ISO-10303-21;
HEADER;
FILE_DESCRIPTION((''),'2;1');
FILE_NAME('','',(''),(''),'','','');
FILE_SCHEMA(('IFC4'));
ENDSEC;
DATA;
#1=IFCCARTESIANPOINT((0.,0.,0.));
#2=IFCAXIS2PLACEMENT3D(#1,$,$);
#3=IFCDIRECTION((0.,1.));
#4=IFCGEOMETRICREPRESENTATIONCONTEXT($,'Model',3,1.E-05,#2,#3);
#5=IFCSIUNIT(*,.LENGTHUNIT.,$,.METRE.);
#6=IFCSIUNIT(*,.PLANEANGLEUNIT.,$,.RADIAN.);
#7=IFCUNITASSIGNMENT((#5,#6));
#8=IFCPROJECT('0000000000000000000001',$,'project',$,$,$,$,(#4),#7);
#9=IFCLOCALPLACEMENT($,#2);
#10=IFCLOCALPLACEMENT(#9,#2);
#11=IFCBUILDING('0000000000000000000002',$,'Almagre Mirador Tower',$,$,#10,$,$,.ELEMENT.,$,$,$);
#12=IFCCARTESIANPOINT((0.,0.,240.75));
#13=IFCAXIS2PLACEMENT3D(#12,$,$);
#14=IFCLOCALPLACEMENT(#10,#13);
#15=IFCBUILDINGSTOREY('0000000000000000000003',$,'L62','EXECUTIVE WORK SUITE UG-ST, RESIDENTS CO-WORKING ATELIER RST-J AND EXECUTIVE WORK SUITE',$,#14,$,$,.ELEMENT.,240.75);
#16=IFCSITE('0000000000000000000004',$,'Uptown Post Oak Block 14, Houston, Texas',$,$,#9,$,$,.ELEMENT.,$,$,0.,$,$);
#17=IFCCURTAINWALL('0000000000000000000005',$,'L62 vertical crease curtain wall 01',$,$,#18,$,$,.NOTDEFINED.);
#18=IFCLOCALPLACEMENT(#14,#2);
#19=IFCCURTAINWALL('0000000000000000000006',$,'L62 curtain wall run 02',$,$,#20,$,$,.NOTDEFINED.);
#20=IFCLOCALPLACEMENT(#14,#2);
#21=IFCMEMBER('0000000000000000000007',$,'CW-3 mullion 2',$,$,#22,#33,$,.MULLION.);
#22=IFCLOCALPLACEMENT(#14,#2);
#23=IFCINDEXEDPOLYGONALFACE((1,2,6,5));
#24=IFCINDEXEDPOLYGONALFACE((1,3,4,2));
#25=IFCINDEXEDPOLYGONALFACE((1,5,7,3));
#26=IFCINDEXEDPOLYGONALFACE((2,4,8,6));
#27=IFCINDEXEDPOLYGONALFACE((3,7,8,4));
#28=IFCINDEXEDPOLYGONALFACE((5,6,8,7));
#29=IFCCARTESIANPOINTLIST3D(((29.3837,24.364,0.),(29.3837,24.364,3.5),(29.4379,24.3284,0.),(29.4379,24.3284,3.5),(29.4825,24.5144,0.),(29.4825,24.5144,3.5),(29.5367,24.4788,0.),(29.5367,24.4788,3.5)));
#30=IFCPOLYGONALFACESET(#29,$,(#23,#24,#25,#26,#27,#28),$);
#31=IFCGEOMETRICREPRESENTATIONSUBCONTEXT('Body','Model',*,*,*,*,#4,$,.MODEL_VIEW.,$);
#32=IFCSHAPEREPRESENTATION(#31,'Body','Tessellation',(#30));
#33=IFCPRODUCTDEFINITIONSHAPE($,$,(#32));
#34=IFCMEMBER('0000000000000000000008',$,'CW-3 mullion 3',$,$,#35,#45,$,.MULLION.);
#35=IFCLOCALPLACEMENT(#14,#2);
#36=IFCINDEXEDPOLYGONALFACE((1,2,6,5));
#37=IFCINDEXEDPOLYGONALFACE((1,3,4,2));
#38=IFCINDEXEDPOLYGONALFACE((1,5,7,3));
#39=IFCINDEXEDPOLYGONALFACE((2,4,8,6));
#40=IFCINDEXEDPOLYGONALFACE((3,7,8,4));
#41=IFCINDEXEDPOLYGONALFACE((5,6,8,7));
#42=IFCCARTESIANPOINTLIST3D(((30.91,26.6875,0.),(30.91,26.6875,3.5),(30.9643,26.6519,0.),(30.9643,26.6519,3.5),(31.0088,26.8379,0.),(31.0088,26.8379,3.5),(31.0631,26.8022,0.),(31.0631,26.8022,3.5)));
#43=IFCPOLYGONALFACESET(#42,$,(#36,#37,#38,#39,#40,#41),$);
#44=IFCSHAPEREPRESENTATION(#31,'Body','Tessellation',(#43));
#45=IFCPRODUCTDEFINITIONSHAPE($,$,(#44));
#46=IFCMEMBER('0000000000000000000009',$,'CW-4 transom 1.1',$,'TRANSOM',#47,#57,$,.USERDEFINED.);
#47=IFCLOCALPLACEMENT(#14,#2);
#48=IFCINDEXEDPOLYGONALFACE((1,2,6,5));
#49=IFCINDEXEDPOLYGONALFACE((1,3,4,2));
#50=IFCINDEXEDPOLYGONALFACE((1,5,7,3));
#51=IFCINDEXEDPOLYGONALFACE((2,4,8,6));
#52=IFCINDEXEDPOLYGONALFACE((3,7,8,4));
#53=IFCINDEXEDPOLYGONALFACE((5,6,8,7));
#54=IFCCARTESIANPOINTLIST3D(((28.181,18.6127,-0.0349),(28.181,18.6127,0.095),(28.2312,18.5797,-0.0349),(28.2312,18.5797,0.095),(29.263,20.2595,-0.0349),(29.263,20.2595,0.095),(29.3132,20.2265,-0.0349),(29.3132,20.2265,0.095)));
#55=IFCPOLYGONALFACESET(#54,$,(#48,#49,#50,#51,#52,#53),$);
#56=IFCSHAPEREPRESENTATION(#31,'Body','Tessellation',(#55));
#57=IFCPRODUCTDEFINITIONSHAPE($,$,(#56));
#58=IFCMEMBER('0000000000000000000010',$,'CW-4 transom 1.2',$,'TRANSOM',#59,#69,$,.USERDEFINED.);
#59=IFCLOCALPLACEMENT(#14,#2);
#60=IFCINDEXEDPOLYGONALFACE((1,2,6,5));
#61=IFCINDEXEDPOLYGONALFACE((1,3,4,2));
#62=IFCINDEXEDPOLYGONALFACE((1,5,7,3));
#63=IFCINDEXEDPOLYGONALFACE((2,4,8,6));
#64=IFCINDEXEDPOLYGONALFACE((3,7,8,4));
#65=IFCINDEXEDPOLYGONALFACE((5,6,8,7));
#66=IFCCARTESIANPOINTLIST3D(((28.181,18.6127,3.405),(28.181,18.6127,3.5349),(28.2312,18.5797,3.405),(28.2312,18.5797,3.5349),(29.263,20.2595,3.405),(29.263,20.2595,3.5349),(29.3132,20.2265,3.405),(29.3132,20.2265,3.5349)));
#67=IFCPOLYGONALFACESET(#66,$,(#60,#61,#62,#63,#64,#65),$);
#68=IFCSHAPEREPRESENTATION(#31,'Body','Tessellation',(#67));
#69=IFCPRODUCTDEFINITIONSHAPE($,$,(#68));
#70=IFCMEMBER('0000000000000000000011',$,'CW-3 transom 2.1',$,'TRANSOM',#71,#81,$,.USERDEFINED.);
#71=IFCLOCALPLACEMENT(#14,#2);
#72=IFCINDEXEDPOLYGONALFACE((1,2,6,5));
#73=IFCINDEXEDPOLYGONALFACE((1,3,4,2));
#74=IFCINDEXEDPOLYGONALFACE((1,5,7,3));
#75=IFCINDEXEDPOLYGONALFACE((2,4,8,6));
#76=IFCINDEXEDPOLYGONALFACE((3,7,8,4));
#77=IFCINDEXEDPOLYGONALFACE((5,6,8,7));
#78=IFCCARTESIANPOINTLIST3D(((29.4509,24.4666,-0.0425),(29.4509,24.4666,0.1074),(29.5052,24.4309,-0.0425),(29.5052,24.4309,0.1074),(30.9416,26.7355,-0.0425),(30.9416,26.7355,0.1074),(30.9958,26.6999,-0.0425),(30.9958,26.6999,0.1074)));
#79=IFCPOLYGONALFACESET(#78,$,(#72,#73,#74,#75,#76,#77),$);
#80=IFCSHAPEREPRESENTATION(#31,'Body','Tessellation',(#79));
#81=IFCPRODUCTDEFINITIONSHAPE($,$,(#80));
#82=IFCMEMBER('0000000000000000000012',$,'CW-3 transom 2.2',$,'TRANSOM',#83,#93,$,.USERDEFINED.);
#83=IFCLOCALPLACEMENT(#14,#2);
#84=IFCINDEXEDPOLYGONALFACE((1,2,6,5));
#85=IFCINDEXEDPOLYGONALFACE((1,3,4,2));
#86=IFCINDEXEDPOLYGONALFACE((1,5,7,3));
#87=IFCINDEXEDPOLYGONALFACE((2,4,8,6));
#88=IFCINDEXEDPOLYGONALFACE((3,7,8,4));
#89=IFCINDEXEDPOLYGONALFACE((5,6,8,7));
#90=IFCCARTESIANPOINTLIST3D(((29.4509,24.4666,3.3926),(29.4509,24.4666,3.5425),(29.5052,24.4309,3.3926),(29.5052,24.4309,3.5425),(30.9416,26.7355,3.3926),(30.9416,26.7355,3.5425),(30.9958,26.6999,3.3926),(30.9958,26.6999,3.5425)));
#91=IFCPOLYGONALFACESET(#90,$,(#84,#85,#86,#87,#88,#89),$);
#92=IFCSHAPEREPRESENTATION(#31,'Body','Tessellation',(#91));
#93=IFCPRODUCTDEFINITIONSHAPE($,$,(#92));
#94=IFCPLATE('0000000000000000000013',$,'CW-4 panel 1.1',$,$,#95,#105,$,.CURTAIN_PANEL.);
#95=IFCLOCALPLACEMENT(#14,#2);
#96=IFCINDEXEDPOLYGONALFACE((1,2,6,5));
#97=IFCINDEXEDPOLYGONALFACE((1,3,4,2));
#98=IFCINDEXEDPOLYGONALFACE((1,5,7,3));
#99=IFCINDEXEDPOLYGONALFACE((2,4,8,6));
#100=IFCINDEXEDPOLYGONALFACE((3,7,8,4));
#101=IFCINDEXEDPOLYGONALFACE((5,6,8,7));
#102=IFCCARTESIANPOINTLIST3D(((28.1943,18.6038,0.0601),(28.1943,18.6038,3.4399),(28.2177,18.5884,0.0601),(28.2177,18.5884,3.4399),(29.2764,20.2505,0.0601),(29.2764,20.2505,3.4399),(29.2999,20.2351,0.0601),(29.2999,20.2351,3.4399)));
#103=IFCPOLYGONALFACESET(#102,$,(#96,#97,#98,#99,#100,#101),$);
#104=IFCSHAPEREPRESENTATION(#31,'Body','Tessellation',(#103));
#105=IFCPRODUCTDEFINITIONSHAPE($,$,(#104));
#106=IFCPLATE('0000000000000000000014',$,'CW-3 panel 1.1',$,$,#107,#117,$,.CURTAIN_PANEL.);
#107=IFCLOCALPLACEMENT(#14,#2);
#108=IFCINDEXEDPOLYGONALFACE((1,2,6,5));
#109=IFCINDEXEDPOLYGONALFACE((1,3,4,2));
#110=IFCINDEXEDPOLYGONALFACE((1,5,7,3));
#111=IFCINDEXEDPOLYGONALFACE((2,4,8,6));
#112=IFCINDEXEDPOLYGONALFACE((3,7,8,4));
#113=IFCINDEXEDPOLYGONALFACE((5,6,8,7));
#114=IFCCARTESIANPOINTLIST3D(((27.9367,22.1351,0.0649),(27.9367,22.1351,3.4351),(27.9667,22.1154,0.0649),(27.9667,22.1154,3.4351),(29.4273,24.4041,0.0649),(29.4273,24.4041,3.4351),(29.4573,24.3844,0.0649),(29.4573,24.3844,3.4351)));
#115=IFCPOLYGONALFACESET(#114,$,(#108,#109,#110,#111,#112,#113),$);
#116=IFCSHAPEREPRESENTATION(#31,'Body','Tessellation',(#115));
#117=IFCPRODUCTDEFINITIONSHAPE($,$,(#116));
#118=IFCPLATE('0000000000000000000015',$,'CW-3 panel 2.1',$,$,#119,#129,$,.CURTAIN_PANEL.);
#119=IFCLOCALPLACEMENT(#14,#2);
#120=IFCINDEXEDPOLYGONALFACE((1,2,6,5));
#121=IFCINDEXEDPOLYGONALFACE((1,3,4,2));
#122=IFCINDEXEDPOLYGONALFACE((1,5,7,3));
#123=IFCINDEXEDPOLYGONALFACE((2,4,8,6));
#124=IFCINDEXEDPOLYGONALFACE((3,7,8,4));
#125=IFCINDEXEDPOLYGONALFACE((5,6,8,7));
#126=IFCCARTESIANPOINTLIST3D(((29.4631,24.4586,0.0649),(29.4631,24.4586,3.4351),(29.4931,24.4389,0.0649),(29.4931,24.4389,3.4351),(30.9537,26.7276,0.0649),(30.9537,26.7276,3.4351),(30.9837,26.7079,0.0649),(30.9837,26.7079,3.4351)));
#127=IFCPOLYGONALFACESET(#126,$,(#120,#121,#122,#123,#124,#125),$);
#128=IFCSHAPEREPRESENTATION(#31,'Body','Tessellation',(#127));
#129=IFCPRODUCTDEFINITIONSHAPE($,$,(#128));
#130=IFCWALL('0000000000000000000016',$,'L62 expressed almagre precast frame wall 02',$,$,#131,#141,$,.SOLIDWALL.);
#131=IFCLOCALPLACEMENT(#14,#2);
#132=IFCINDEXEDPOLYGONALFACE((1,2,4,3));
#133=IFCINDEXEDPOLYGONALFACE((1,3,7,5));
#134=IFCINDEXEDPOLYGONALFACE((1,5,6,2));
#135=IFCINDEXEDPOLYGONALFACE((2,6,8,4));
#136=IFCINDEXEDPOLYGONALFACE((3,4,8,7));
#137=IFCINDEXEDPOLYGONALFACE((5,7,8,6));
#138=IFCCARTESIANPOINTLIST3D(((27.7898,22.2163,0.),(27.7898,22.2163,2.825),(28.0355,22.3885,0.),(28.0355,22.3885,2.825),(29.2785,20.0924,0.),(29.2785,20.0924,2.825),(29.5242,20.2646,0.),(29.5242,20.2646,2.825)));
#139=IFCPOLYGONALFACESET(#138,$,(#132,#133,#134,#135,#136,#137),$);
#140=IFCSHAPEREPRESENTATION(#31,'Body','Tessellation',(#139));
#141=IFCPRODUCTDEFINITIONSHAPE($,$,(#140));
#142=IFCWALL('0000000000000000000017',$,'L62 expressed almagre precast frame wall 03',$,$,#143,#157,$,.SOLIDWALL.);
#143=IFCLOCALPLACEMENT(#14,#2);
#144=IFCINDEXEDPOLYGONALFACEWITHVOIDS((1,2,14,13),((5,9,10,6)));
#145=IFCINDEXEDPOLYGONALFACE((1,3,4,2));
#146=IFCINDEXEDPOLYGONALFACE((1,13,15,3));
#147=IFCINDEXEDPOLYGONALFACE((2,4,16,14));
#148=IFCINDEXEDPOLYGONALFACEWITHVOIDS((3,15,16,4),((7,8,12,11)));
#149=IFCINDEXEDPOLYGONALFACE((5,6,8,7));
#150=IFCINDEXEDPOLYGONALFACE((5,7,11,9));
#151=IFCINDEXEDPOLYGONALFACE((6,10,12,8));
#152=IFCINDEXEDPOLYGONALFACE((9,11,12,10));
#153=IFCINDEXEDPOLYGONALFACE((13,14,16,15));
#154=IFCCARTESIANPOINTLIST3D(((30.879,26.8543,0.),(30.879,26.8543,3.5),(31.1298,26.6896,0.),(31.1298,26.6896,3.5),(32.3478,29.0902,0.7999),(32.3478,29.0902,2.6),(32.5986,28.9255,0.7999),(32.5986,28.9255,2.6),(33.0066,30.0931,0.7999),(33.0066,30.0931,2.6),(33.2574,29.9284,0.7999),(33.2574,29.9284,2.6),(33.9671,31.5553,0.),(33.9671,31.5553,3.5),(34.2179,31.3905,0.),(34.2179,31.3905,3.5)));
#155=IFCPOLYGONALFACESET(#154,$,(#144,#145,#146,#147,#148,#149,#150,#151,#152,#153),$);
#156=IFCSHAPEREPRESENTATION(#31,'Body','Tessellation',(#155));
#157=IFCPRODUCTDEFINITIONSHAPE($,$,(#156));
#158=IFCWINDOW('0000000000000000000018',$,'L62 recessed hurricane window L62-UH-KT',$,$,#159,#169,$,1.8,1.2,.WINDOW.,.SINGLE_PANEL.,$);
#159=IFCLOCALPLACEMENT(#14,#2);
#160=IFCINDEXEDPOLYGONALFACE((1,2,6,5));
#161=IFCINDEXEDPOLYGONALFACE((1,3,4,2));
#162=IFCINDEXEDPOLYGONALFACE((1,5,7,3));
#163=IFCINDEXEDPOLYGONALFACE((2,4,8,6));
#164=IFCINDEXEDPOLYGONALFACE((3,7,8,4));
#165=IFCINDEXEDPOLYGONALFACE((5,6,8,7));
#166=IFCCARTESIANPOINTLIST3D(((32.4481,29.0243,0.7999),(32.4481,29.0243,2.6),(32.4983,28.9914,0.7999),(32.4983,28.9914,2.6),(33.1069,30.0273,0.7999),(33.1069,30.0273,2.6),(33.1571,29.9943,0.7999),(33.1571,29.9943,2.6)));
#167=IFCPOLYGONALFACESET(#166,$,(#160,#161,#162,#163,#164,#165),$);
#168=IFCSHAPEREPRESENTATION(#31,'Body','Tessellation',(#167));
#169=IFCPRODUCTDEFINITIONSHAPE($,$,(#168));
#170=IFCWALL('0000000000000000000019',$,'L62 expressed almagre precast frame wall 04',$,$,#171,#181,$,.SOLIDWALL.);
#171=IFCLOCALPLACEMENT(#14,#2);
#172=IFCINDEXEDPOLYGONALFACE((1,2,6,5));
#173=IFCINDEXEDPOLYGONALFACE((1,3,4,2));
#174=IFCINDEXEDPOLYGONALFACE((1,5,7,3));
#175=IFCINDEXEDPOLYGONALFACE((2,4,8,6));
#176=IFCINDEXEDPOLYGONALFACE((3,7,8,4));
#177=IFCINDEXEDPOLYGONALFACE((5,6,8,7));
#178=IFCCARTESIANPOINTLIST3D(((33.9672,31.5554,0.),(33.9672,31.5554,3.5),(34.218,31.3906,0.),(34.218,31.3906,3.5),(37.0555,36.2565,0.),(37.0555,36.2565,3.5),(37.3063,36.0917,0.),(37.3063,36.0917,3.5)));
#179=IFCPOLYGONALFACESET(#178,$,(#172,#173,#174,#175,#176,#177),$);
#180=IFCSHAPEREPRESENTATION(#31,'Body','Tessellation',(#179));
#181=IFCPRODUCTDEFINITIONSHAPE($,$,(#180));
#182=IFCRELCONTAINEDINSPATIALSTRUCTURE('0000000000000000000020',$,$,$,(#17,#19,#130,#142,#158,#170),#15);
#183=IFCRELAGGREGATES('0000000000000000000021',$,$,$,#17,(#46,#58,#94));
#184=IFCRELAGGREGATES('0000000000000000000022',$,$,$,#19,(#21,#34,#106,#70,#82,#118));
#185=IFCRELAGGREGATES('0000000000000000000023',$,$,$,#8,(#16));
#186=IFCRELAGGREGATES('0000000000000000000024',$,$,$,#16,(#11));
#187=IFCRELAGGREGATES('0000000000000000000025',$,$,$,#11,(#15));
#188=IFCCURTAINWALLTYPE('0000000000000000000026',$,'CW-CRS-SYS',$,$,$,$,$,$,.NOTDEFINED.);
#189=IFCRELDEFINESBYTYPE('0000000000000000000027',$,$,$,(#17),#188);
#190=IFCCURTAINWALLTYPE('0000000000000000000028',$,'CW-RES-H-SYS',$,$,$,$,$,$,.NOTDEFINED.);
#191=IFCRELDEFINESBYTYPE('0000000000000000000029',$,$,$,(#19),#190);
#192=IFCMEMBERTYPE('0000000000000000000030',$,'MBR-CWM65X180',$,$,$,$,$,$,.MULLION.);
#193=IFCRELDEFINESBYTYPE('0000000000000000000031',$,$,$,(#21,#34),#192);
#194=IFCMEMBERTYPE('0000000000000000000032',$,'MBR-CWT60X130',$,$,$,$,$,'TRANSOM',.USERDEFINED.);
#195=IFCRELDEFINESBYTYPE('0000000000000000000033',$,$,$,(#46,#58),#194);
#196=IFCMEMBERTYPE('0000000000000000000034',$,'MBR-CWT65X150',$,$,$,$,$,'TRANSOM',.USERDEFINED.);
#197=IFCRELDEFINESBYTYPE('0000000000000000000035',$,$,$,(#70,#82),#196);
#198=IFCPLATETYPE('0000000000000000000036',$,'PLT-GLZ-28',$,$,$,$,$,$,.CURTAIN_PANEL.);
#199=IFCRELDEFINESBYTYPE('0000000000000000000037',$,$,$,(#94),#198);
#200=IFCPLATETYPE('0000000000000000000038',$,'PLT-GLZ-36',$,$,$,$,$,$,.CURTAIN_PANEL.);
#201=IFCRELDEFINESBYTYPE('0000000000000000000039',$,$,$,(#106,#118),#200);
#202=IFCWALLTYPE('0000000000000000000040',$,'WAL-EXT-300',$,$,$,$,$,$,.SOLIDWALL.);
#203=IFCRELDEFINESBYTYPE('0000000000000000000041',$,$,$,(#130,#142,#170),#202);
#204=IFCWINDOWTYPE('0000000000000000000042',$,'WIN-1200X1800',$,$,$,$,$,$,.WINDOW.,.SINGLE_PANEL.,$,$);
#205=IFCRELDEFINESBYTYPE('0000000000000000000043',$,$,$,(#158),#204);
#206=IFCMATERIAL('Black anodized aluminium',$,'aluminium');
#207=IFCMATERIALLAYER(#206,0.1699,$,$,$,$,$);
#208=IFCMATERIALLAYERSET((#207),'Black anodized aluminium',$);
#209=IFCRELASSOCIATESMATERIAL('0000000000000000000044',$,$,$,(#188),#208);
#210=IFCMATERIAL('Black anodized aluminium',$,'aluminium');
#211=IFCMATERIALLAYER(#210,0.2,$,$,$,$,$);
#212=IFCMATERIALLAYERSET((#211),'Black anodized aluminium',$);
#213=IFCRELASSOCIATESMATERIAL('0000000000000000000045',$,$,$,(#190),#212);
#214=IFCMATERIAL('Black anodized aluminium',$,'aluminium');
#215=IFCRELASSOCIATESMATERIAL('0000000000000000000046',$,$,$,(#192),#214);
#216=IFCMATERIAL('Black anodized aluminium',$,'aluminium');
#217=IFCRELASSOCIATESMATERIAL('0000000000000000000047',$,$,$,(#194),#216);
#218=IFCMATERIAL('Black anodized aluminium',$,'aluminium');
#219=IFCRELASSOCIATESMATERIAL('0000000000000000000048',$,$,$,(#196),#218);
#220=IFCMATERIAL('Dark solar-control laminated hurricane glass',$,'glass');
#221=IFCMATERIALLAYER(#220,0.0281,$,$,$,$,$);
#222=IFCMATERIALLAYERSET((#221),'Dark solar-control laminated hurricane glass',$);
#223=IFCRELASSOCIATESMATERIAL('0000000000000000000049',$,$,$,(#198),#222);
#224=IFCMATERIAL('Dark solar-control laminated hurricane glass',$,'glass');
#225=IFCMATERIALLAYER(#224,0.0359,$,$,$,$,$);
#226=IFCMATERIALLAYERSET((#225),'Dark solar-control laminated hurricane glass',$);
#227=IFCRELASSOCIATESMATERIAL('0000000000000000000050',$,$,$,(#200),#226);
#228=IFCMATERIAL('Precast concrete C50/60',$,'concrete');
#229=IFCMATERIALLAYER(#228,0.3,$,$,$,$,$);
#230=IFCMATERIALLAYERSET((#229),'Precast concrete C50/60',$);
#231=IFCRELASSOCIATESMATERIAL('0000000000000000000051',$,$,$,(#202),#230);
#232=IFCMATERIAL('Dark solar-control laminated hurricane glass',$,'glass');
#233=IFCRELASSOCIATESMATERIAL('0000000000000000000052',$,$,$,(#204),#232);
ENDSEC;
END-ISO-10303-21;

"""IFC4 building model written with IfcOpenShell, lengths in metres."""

from ifc_helpers import new_model, si_unit, direction, frame, frame_2d, origin, origin_2d, place, context, subcontext, project, spatial, rectangle, extrude, material, layer, layer_set, material_profile, profile_set, type_object, element, fill, aggregate, save


model = new_model("IFC4")

# Units and contexts
model_context = context("Model", 3, precision=1e-05, world=origin(), true_north=direction((0.0, 1.0)))
body_context = subcontext(model_context, "Body", "Model", "MODEL_VIEW")
ifc_project = project(units=[si_unit("LENGTHUNIT", "METRE"), si_unit("PLANEANGLEUNIT", "RADIAN")], contexts=[model_context])

# Site, building, storey
site_placement = place(None, origin())
site = spatial("IfcSite", under=ifc_project, at=site_placement, Name="Uptown Post Oak Block 14, Houston, Texas", CompositionType="ELEMENT", RefElevation=0.0)
building_placement = place(site_placement, origin())
building = spatial("IfcBuilding", under=site, at=building_placement, Name="Almagre Mirador Tower", CompositionType="ELEMENT")
storey_placement = place(building_placement, frame((0.0, 0.0, 240.75)))
storey = spatial("IfcBuildingStorey", under=building, at=storey_placement, Name="L62", Description="EXECUTIVE WORK SUITE UG-ST, RESIDENTS CO-WORKING ATELIER RST-J AND EXECUTIVE WORK SUITE", CompositionType="ELEMENT", Elevation=240.75)

# Curtain wall
ifc_material_1 = material(Name="Black anodized aluminium", Category="aluminium")
ifc_layer_1 = layer(ifc_material_1, 0.1699)
ifc_layer_set_1 = layer_set([ifc_layer_1], Name="Black anodized aluminium")
curtain_wall_type_1 = type_object("IfcCurtainWallType", Name="CW-CRS-SYS", PredefinedType="NOTDEFINED", material=ifc_layer_set_1)
curtain_wall_1_placement = place(storey_placement, origin())
curtain_wall_1 = element("IfcCurtainWall", 1, at=curtain_wall_1_placement, inside=storey, type_object=curtain_wall_type_1, Name="L62 vertical crease curtain wall 01", PredefinedType="NOTDEFINED")

# Curtain wall, members
ifc_material_2 = material(Name="Black anodized aluminium", Category="aluminium")
ifc_layer_2 = layer(ifc_material_2, 0.2)
ifc_layer_set_2 = layer_set([ifc_layer_2], Name="Black anodized aluminium")
curtain_wall_type_2 = type_object("IfcCurtainWallType", Name="CW-RES-H-SYS", PredefinedType="NOTDEFINED", material=ifc_layer_set_2)
curtain_wall_2_placement = place(storey_placement, origin())
curtain_wall_2 = element("IfcCurtainWall", 2, at=curtain_wall_2_placement, inside=storey, type_object=curtain_wall_type_2, Name="L62 curtain wall run 02", PredefinedType="NOTDEFINED")
ifc_material_3 = material(Name="Black anodized aluminium", Category="aluminium")
ifc_material_profile_1 = material_profile(ifc_material_3, rectangle(XDim=0.0649, YDim=0.1799, at=origin_2d()), Name="CWM65X180")
ifc_profile_set_1 = profile_set([ifc_material_profile_1], Name="Black anodized aluminium")
member_type_1 = type_object("IfcMemberType", Name="MBR-CWM65X180", PredefinedType="MULLION", material=ifc_profile_set_1)
member_1_placement = place(storey_placement, frame((29.4602, 24.4214, 0.0), z_axis=(0.0, 0.0, 1.0), x_axis=(-0.835781, 0.549063, 0.0)))
member_1 = element("IfcMember", 3, at=member_1_placement, type_object=member_type_1, Name="CW-3 mullion 2", PredefinedType="MULLION", context=body_context, shape_type="SweptSolid", body=[
    extrude(rectangle(XDim=0.0649, YDim=0.1799, at=origin_2d()), origin(), (0.0, 0.0, 1.0), 3.5),
])
member_2_placement = place(storey_placement, frame((30.9866, 26.7449, 0.0), z_axis=(0.0, 0.0, 1.0), x_axis=(-0.835781, 0.549063, 0.0)))
member_2 = element("IfcMember", 4, at=member_2_placement, type_object=member_type_1, Name="CW-3 mullion 3", PredefinedType="MULLION", context=body_context, shape_type="SweptSolid", body=[
    extrude(rectangle(XDim=0.0649, YDim=0.1799, at=origin_2d()), origin(), (0.0, 0.0, 1.0), 3.5),
])

# Members
ifc_material_4 = material(Name="Black anodized aluminium", Category="aluminium")
ifc_material_profile_2 = material_profile(ifc_material_4, rectangle(XDim=0.0601, YDim=0.1299, at=origin_2d()), Name="CWT60X130")
ifc_profile_set_2 = profile_set([ifc_material_profile_2], Name="Black anodized aluminium")
member_type_2 = type_object("IfcMemberType", Name="MBR-CWT60X130", ElementType="TRANSOM", PredefinedType="USERDEFINED", material=ifc_profile_set_2)
member_3_placement = place(storey_placement, frame((28.2061, 18.5962, 0.03), z_axis=(0.549141, 0.83573, 0.0), x_axis=(-0.83573, 0.549141, 0.0)))
member_3 = element("IfcMember", 5, at=member_3_placement, type_object=member_type_2, Name="CW-4 transom 1.1", ObjectType="TRANSOM", PredefinedType="USERDEFINED", context=body_context, shape_type="SweptSolid", body=[
    extrude(rectangle(XDim=0.0601, YDim=0.1299, at=origin_2d()), origin(), (0.0, 0.0, 1.0), 1.9705),
])
member_4_placement = place(storey_placement, frame((28.2061, 18.5962, 3.47), z_axis=(0.549141, 0.83573, 0.0), x_axis=(-0.83573, 0.549141, 0.0)))
member_4 = element("IfcMember", 6, at=member_4_placement, type_object=member_type_2, Name="CW-4 transom 1.2", ObjectType="TRANSOM", PredefinedType="USERDEFINED", context=body_context, shape_type="SweptSolid", body=[
    extrude(rectangle(XDim=0.0601, YDim=0.1299, at=origin_2d()), origin(), (0.0, 0.0, 1.0), 1.9705),
])
ifc_material_5 = material(Name="Black anodized aluminium", Category="aluminium")
ifc_material_profile_3 = material_profile(ifc_material_5, rectangle(XDim=0.0649, YDim=0.1499, at=origin_2d()), Name="CWT65X150")
ifc_profile_set_3 = profile_set([ifc_material_profile_3], Name="Black anodized aluminium")
member_type_3 = type_object("IfcMemberType", Name="MBR-CWT65X150", ElementType="TRANSOM", PredefinedType="USERDEFINED", material=ifc_profile_set_3)
member_5_placement = place(storey_placement, frame((29.478, 24.4487, 0.0325), z_axis=(0.549085, 0.835767, 0.0), x_axis=(-0.835767, 0.549085, 0.0)))
member_5 = element("IfcMember", 7, at=member_5_placement, type_object=member_type_3, Name="CW-3 transom 2.1", ObjectType="TRANSOM", PredefinedType="USERDEFINED", context=body_context, shape_type="SweptSolid", body=[
    extrude(rectangle(XDim=0.0649, YDim=0.1499, at=origin_2d()), origin(), (0.0, 0.0, 1.0), 2.7148),
])
member_6_placement = place(storey_placement, frame((29.478, 24.4487, 3.4675), z_axis=(0.549085, 0.835767, 0.0), x_axis=(-0.835767, 0.549085, 0.0)))
member_6 = element("IfcMember", 8, at=member_6_placement, type_object=member_type_3, Name="CW-3 transom 2.2", ObjectType="TRANSOM", PredefinedType="USERDEFINED", context=body_context, shape_type="SweptSolid", body=[
    extrude(rectangle(XDim=0.0649, YDim=0.1499, at=origin_2d()), origin(), (0.0, 0.0, 1.0), 2.7148),
])

# Plates
ifc_material_6 = material(Name="Dark solar-control laminated hurricane glass", Category="glass")
ifc_layer_3 = layer(ifc_material_6, 0.0281)
ifc_layer_set_3 = layer_set([ifc_layer_3], Name="Dark solar-control laminated hurricane glass")
plate_type_1 = type_object("IfcPlateType", Name="PLT-GLZ-28", PredefinedType="CURTAIN_PANEL", material=ifc_layer_set_3)
plate_1_placement = place(storey_placement, frame((28.7471, 19.4194, 0.0601), z_axis=(0.0, 0.0, 1.0), x_axis=(0.549168, 0.835712, 0.0)))
plate_1 = element("IfcPlate", 9, at=plate_1_placement, type_object=plate_type_1, Name="CW-4 panel 1.1", PredefinedType="CURTAIN_PANEL", context=body_context, shape_type="SweptSolid", body=[
    extrude(rectangle(XDim=1.9705, YDim=0.0281, at=origin_2d()), origin(), (0.0, 0.0, 1.0), 3.3799),
])
aggregate(curtain_wall_1, [member_3, member_4, plate_1])
ifc_material_7 = material(Name="Dark solar-control laminated hurricane glass", Category="glass")
ifc_layer_4 = layer(ifc_material_7, 0.0359)
ifc_layer_set_4 = layer_set([ifc_layer_4], Name="Dark solar-control laminated hurricane glass")
plate_type_2 = type_object("IfcPlateType", Name="PLT-GLZ-36", PredefinedType="CURTAIN_PANEL", material=ifc_layer_set_4)
plate_2_placement = place(storey_placement, frame((28.697, 23.2598, 0.0649), z_axis=(0.0, 0.0, 1.0), x_axis=(0.549063, 0.835781, 0.0)))
plate_2 = element("IfcPlate", 10, at=plate_2_placement, type_object=plate_type_2, Name="CW-3 panel 1.1", PredefinedType="CURTAIN_PANEL", context=body_context, shape_type="SweptSolid", body=[
    extrude(rectangle(XDim=2.7148, YDim=0.0359, at=origin_2d()), origin(), (0.0, 0.0, 1.0), 3.3701),
])
plate_3_placement = place(storey_placement, frame((30.2234, 25.5833, 0.0649), z_axis=(0.0, 0.0, 1.0), x_axis=(0.549063, 0.835781, 0.0)))
plate_3 = element("IfcPlate", 11, at=plate_3_placement, type_object=plate_type_2, Name="CW-3 panel 2.1", PredefinedType="CURTAIN_PANEL", context=body_context, shape_type="SweptSolid", body=[
    extrude(rectangle(XDim=2.7148, YDim=0.0359, at=origin_2d()), origin(), (0.0, 0.0, 1.0), 3.3701),
])
aggregate(curtain_wall_2, [member_1, member_2, plate_2, member_5, member_6, plate_3])

# Wall
ifc_material_8 = material(Name="Precast concrete C50/60", Category="concrete")
ifc_layer_5 = layer(ifc_material_8, 0.3)
ifc_layer_set_5 = layer_set([ifc_layer_5], Name="Precast concrete C50/60")
wall_type_1 = type_object("IfcWallType", Name="WAL-EXT-300", PredefinedType="SOLIDWALL", material=ifc_layer_set_5)
wall_1_placement = place(storey_placement, frame((29.4014, 20.1785, 0.0), z_axis=(0.0, 0.0, 1.0), x_axis=(-0.573968, 0.818878, 0.0)))
element("IfcWall", 12, at=wall_1_placement, inside=storey, type_object=wall_type_1, Name="L62 expressed almagre precast frame wall 02", PredefinedType="SOLIDWALL", context=body_context, shape_type="SweptSolid", body=[
    extrude(rectangle(XDim=2.5938, YDim=0.3, at=frame_2d((1.2969, 0.0))), origin(), (0.0, 0.0, 1.0), 2.825),
])

# Wall, opening, window
wall_2_placement = place(storey_placement, frame((31.0044, 26.772, 0.0), z_axis=(0.0, 0.0, 1.0), x_axis=(0.549048, 0.835791, 0.0)))
wall_2 = element("IfcWall", 13, at=wall_2_placement, inside=storey, type_object=wall_type_1, Name="L62 expressed almagre precast frame wall 03", PredefinedType="SOLIDWALL", context=body_context, shape_type="SweptSolid", body=[
    extrude(rectangle(XDim=5.6245, YDim=0.3, at=frame_2d((2.8123, 0.0))), origin(), (0.0, 0.0, 1.0), 3.5),
])
opening_placement = place(wall_2_placement, frame((2.675, 0.0, 0.8)))
opening = element("IfcOpeningElement", 14, at=opening_placement, cuts=wall_2, PredefinedType="OPENING", context=body_context, shape_type="SweptSolid", body=[
    extrude(rectangle(XDim=1.2, YDim=1.8, at=frame_2d((0.6001, 0.8999))), frame((0.0, 0.1599, 0.0), z_axis=(0.0, -1.0, 0.0), x_axis=(1.0, 0.0, 0.0)), (0.0, 0.0, 1.0), 0.32),
])
ifc_material_9 = material(Name="Dark solar-control laminated hurricane glass", Category="glass")
window_type = type_object("IfcWindowType", Name="WIN-1200X1800", PartitioningType="SINGLE_PANEL", PredefinedType="WINDOW", material=ifc_material_9)
window_placement = place(opening_placement, origin())
window = element("IfcWindow", 15, at=window_placement, inside=storey, type_object=window_type, Name="L62 recessed hurricane window L62-UH-KT", OverallHeight=1.8, OverallWidth=1.2, PartitioningType="SINGLE_PANEL", PredefinedType="WINDOW", context=body_context, shape_type="SweptSolid", body=[
    extrude(rectangle(XDim=1.2, YDim=1.8, at=frame_2d((0.6001, 0.8999))), frame((0.0, 0.03, 0.0), z_axis=(0.0, -1.0, 0.0), x_axis=(1.0, 0.0, 0.0)), (0.0, 0.0, 1.0), 0.0601),
])
fill(opening, window)

# Wall
wall_3_placement = place(storey_placement, frame((34.0925, 31.4729, 0.0), z_axis=(0.0, 0.0, 1.0), x_axis=(0.549058, 0.835784, 0.0)))
element("IfcWall", 16, at=wall_3_placement, inside=storey, type_object=wall_type_1, Name="L62 expressed almagre precast frame wall 04", PredefinedType="SOLIDWALL", context=body_context, shape_type="SweptSolid", body=[
    extrude(rectangle(XDim=5.6248, YDim=0.3, at=frame_2d((2.8125, 0.0))), origin(), (0.0, 0.0, 1.0), 3.5),
])

save(model, "model.ifc")
